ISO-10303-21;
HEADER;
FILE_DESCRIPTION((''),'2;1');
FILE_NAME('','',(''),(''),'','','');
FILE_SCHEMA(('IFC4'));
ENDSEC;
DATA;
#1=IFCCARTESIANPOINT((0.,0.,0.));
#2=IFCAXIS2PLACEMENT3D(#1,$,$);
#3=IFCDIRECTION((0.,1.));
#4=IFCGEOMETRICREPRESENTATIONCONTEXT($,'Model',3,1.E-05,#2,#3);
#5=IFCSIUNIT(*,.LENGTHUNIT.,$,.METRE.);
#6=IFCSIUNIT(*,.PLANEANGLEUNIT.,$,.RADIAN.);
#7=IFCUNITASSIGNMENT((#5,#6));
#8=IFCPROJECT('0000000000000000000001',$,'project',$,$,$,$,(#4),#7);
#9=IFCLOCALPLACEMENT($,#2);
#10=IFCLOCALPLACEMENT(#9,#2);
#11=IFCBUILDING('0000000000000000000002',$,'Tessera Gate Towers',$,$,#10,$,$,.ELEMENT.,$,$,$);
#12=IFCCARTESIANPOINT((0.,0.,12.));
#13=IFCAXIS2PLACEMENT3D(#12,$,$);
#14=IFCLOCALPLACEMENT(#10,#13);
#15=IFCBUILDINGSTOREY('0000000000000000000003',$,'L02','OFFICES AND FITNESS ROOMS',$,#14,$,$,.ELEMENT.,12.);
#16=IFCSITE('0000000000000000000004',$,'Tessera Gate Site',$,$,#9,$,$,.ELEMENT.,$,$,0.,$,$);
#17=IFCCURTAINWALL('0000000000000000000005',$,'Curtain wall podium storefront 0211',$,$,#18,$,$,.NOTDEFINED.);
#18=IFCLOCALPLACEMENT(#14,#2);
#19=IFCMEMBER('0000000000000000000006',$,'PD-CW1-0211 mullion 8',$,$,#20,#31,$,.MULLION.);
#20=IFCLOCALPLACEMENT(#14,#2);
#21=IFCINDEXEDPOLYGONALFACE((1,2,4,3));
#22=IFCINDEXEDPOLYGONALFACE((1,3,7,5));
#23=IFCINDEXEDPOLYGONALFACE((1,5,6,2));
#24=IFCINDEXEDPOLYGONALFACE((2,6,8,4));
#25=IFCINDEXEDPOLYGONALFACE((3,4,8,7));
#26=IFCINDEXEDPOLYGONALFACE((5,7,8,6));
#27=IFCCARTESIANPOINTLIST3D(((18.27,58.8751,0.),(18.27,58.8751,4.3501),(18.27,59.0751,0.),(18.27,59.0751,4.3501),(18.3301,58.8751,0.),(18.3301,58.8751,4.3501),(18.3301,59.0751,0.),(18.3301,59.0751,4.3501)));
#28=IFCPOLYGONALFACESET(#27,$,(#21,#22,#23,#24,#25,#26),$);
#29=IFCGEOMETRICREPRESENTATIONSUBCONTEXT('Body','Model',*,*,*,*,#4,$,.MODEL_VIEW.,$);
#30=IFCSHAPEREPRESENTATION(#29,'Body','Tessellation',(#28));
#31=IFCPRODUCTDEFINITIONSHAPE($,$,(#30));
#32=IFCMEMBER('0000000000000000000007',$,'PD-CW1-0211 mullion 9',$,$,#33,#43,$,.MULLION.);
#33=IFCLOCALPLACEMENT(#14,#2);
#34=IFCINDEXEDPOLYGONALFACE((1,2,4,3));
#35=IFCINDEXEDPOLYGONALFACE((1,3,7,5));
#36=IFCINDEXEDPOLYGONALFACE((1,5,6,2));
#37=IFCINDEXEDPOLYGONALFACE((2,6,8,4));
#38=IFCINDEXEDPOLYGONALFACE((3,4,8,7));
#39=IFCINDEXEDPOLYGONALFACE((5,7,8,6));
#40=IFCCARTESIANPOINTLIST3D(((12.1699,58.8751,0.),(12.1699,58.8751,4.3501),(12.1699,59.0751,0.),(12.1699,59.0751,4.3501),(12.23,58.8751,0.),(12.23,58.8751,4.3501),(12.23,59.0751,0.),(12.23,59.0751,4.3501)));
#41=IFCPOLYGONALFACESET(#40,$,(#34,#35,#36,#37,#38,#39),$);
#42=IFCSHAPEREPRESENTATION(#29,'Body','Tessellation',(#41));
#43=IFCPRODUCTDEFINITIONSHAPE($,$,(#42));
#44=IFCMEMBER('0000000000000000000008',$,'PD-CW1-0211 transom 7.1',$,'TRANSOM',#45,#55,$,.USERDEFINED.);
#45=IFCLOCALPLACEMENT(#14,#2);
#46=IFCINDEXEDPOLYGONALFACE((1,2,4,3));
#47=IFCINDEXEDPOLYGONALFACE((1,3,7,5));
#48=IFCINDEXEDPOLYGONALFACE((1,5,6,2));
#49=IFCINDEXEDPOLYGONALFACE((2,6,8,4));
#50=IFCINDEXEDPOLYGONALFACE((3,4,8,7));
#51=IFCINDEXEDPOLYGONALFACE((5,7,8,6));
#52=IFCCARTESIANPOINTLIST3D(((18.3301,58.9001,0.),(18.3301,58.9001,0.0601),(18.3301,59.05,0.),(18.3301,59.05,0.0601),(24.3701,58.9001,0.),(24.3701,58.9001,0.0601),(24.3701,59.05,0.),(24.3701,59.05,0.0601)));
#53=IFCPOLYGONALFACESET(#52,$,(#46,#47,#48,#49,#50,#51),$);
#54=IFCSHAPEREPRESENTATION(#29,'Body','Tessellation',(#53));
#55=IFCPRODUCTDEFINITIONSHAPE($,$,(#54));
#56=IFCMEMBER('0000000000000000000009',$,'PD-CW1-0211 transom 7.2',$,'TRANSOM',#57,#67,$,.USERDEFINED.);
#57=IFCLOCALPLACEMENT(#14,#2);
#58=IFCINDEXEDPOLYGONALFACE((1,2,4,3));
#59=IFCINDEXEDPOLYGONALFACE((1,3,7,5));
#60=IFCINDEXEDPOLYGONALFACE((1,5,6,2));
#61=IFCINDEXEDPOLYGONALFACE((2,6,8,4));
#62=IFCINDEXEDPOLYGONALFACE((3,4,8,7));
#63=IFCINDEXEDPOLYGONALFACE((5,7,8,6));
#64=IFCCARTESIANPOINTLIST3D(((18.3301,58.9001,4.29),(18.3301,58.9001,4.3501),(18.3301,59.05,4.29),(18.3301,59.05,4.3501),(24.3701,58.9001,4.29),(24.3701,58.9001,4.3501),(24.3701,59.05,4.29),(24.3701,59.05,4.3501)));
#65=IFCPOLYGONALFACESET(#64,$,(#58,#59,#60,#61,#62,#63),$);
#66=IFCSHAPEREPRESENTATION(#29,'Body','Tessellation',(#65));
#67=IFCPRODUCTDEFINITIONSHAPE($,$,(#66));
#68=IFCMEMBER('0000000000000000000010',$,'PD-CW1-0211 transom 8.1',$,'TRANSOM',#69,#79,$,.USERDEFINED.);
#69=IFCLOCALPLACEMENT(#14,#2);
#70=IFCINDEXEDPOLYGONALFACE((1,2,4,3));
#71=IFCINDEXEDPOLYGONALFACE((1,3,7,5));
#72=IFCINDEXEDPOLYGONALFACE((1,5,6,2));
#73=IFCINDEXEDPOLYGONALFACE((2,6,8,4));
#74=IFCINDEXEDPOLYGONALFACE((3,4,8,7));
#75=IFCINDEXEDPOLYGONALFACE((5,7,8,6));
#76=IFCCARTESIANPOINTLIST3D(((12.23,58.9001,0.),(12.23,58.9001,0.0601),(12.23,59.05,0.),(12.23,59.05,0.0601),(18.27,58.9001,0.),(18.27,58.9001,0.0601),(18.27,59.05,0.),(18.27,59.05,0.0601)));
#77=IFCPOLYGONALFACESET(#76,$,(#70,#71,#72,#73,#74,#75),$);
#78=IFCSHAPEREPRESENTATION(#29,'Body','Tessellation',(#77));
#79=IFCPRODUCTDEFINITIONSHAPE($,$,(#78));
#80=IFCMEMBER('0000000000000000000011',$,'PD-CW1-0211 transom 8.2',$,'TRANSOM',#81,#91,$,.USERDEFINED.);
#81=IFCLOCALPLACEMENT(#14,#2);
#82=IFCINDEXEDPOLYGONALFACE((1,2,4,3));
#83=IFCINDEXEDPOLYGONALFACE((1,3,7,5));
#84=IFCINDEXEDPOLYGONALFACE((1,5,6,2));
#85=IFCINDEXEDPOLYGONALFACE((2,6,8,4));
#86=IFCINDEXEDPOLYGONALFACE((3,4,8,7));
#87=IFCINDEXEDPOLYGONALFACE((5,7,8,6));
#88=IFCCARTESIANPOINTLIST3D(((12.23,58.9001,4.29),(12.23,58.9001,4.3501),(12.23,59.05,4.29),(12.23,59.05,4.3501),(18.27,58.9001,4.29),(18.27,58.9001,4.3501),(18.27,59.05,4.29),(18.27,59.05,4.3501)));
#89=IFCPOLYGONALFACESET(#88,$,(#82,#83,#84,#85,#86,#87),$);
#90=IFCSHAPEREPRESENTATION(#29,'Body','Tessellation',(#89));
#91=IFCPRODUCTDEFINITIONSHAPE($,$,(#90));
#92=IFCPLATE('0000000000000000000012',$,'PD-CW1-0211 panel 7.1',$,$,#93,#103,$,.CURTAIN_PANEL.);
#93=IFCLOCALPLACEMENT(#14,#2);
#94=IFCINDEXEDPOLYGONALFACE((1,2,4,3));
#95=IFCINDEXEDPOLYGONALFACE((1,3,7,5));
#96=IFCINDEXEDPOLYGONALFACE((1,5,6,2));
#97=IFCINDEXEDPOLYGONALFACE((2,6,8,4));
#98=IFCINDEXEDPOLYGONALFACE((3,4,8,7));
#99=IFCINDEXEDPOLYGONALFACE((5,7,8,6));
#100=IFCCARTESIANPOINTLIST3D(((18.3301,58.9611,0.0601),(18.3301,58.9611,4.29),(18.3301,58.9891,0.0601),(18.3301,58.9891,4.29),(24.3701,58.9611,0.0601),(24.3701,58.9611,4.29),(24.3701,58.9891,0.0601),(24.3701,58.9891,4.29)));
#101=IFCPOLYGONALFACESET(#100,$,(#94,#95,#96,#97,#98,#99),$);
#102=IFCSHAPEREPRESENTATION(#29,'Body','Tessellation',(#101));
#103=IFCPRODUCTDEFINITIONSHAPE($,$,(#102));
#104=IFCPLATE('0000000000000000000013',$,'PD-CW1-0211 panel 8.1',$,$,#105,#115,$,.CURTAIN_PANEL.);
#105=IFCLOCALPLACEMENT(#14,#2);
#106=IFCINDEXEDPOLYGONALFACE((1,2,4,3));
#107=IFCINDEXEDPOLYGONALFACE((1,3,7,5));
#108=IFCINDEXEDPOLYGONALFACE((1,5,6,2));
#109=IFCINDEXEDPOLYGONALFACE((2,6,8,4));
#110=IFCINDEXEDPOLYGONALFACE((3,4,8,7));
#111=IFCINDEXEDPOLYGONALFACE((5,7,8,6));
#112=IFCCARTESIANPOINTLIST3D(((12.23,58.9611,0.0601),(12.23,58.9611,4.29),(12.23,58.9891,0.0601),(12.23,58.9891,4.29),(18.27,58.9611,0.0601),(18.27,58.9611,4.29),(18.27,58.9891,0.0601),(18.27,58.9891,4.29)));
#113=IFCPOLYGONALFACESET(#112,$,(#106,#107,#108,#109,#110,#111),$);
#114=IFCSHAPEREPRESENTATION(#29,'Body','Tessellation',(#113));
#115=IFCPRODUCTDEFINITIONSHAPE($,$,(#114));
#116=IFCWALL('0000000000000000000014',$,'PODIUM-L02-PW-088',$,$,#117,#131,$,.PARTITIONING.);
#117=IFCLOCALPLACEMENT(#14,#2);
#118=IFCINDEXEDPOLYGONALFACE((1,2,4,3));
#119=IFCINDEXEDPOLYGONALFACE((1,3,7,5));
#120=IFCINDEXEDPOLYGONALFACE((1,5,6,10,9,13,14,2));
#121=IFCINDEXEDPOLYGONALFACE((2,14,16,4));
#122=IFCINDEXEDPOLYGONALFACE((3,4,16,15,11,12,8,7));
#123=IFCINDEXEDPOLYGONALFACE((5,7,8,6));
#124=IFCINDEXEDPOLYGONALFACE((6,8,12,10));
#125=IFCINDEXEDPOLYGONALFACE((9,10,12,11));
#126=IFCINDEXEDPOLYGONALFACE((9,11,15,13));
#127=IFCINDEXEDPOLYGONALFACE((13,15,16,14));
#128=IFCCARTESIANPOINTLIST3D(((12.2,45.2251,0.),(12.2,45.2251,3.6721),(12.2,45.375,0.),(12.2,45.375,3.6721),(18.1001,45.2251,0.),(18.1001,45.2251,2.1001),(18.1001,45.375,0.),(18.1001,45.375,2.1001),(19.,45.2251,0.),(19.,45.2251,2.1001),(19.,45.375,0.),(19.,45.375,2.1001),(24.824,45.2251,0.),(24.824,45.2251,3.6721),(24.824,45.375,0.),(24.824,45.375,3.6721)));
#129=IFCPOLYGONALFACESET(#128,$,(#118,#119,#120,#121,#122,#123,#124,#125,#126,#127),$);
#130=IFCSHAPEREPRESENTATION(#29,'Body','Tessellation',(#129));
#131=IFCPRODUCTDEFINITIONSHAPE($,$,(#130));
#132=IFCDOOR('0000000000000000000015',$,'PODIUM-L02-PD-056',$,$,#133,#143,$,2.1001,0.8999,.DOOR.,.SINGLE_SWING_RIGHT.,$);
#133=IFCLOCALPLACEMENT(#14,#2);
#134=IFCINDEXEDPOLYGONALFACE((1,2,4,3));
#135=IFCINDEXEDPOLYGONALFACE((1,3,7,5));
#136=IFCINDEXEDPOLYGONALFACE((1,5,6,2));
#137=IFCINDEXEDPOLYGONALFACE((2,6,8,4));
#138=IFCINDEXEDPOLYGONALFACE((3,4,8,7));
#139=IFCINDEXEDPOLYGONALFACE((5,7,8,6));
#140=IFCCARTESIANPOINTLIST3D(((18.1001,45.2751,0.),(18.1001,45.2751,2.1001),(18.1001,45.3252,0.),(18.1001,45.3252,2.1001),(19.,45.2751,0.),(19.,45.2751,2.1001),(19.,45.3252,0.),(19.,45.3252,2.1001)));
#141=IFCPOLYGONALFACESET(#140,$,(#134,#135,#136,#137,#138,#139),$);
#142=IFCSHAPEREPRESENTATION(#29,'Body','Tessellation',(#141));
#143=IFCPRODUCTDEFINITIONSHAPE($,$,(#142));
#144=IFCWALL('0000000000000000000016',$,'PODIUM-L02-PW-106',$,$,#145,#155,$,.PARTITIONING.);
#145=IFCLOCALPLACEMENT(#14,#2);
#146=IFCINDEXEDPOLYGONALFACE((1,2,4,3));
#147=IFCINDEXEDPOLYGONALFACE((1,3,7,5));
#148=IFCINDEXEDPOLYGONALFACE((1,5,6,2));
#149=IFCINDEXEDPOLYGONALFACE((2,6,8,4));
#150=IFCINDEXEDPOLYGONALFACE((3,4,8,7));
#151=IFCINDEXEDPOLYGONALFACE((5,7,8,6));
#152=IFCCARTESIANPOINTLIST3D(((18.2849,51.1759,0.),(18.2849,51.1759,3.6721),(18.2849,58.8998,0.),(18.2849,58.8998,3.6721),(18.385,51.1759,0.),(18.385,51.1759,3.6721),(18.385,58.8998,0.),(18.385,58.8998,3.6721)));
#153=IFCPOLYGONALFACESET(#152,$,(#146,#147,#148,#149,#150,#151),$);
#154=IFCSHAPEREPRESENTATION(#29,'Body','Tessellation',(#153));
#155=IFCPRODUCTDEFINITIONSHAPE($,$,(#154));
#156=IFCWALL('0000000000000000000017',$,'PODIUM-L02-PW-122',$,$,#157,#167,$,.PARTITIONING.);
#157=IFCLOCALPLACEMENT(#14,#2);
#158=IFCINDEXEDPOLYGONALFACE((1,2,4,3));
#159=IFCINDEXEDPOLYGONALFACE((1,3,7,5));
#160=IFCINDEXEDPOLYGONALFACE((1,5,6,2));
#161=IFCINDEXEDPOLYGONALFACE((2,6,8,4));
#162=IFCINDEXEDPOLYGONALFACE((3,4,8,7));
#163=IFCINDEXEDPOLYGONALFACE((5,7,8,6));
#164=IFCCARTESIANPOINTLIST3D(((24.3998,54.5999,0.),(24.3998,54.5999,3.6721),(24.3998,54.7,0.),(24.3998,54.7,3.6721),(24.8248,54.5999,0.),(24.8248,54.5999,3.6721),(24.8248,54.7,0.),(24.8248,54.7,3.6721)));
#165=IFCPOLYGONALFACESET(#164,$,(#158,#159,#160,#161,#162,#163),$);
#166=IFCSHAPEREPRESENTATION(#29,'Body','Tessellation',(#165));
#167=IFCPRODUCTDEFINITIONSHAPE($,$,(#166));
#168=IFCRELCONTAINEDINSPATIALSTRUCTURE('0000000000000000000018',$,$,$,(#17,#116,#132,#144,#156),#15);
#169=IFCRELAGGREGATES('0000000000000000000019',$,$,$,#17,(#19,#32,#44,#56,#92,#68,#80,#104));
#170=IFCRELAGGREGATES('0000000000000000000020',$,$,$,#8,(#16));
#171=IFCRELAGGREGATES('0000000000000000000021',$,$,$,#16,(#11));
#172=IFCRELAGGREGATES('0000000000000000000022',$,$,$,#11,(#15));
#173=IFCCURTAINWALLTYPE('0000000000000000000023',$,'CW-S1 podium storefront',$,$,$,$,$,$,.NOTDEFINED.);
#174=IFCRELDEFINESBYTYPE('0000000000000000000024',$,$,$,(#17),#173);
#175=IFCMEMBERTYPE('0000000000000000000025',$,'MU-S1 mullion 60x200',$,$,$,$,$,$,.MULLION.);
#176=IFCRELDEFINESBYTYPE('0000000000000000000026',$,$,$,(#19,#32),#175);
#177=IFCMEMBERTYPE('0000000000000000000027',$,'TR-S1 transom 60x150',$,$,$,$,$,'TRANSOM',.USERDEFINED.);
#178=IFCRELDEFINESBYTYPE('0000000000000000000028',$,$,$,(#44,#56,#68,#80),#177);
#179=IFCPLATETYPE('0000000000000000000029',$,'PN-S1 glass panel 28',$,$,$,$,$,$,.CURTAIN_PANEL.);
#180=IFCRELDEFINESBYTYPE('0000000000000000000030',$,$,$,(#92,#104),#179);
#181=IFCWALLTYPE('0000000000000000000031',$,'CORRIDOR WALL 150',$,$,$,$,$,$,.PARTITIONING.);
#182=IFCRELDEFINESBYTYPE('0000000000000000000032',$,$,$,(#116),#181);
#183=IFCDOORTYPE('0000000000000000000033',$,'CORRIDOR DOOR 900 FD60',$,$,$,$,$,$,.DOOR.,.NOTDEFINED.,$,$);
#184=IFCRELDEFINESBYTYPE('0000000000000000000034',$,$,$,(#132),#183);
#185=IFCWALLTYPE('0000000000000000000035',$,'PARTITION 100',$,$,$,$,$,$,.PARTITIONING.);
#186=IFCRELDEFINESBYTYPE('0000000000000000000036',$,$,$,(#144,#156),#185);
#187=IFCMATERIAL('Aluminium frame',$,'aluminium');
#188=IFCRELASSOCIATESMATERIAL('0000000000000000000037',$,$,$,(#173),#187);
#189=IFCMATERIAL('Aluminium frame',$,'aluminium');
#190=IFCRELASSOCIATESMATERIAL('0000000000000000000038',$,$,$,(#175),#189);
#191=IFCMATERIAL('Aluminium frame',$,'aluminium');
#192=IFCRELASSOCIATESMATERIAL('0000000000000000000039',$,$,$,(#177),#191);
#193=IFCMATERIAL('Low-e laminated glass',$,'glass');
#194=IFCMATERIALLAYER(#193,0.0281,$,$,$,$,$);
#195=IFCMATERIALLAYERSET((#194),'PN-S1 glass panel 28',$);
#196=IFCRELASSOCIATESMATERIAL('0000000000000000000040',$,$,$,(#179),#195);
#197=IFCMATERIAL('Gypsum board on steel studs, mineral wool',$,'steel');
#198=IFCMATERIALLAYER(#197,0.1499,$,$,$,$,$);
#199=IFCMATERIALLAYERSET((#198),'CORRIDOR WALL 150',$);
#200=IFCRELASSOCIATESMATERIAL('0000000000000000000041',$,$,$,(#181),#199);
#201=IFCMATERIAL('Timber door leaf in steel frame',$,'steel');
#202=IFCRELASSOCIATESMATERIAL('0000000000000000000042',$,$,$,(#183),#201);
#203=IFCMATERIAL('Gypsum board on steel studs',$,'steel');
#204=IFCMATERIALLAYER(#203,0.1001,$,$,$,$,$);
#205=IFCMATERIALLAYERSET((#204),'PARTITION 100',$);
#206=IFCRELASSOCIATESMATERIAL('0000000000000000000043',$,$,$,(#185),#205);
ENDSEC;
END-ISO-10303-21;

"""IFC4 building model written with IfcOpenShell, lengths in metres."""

from ifc_helpers import new_model, si_unit, direction, frame, frame_2d, origin, origin_2d, place, context, subcontext, project, spatial, rectangle, extrude, source, transform, mapped, material, layer, layer_set, material_profile, profile_set, type_object, element, fill, aggregate, save


model = new_model("IFC4")

# Units and contexts
model_context = context("Model", 3, precision=1e-05, world=origin(), true_north=direction((0.0, 1.0)))
body_context = subcontext(model_context, "Body", "Model", "MODEL_VIEW")
ifc_project = project(units=[si_unit("LENGTHUNIT", "METRE"), si_unit("PLANEANGLEUNIT", "RADIAN")], contexts=[model_context])

# Site, building, storey
site_placement = place(None, origin())
site = spatial("IfcSite", under=ifc_project, at=site_placement, Name="Tessera Gate Site", CompositionType="ELEMENT", RefElevation=0.0)
building_placement = place(site_placement, origin())
building = spatial("IfcBuilding", under=site, at=building_placement, Name="Tessera Gate Towers", CompositionType="ELEMENT")
storey_placement = place(building_placement, frame((0.0, 0.0, 12.0)))
storey = spatial("IfcBuildingStorey", under=building, at=storey_placement, Name="L02", Description="OFFICES AND FITNESS ROOMS", CompositionType="ELEMENT", Elevation=12.0)

# Curtain wall, members, plates
ifc_material_1 = material(Name="Aluminium frame", Category="aluminium")
curtain_wall_type = type_object("IfcCurtainWallType", Name="CW-S1 podium storefront", PredefinedType="NOTDEFINED", material=ifc_material_1)
curtain_wall_placement = place(storey_placement, origin())
curtain_wall = element("IfcCurtainWall", 1, at=curtain_wall_placement, inside=storey, type_object=curtain_wall_type, Name="Curtain wall podium storefront 0211", PredefinedType="NOTDEFINED")
ifc_material_2 = material(Name="Aluminium frame", Category="aluminium")
ifc_material_profile_1 = material_profile(ifc_material_2, rectangle(XDim=0.0601, YDim=0.2, at=origin_2d()), Name="AL 60x200")
ifc_profile_set_1 = profile_set([ifc_material_profile_1], Name="Aluminium frame")
member_type_1 = type_object("IfcMemberType", Name="MU-S1 mullion 60x200", PredefinedType="MULLION", material=ifc_profile_set_1)
member_1_placement = place(storey_placement, frame((18.3, 58.9751, 0.0), z_axis=(0.0, 0.0, 1.0), x_axis=(-1.0, 0.0, 0.0)))
member_1 = element("IfcMember", 2, at=member_1_placement, type_object=member_type_1, Name="PD-CW1-0211 mullion 8", PredefinedType="MULLION", context=body_context, shape_type="SweptSolid", body=[
    extrude(rectangle(XDim=0.0601, YDim=0.2, at=origin_2d()), origin(), (0.0, 0.0, 1.0), 4.3501),
])
member_2_placement = place(storey_placement, frame((12.2, 58.9751, 0.0), z_axis=(0.0, 0.0, 1.0), x_axis=(-1.0, 0.0, 0.0)))
member_2 = element("IfcMember", 3, at=member_2_placement, type_object=member_type_1, Name="PD-CW1-0211 mullion 9", PredefinedType="MULLION", context=body_context, shape_type="SweptSolid", body=[
    extrude(rectangle(XDim=0.0601, YDim=0.2, at=origin_2d()), origin(), (0.0, 0.0, 1.0), 4.3501),
])
ifc_material_3 = material(Name="Aluminium frame", Category="aluminium")
ifc_material_profile_2 = material_profile(ifc_material_3, rectangle(XDim=0.1499, YDim=0.0601, at=origin_2d()), Name="AL 60x150")
ifc_profile_set_2 = profile_set([ifc_material_profile_2], Name="Aluminium frame")
member_type_2 = type_object("IfcMemberType", Name="TR-S1 transom 60x150", ElementType="TRANSOM", PredefinedType="USERDEFINED", material=ifc_profile_set_2)
member_3_placement = place(storey_placement, frame((24.3701, 58.9751, 0.03), z_axis=(-1.0, 0.0, 0.0), x_axis=(0.0, -1.0, 0.0)))
member_3 = element("IfcMember", 4, at=member_3_placement, type_object=member_type_2, Name="PD-CW1-0211 transom 7.1", ObjectType="TRANSOM", PredefinedType="USERDEFINED", context=body_context, shape_type="SweptSolid", body=[
    extrude(rectangle(XDim=0.1499, YDim=0.0601, at=origin_2d()), origin(), (0.0, 0.0, 1.0), 6.04),
])
member_4_placement = place(storey_placement, frame((24.3701, 58.9751, 4.3201), z_axis=(-1.0, 0.0, 0.0), x_axis=(0.0, -1.0, 0.0)))
member_4 = element("IfcMember", 5, at=member_4_placement, type_object=member_type_2, Name="PD-CW1-0211 transom 7.2", ObjectType="TRANSOM", PredefinedType="USERDEFINED", context=body_context, shape_type="SweptSolid", body=[
    extrude(rectangle(XDim=0.1499, YDim=0.0601, at=origin_2d()), origin(), (0.0, 0.0, 1.0), 6.04),
])
member_5_placement = place(storey_placement, frame((18.27, 58.9751, 0.03), z_axis=(-1.0, 0.0, 0.0), x_axis=(0.0, -1.0, 0.0)))
member_5 = element("IfcMember", 6, at=member_5_placement, type_object=member_type_2, Name="PD-CW1-0211 transom 8.1", ObjectType="TRANSOM", PredefinedType="USERDEFINED", context=body_context, shape_type="SweptSolid", body=[
    extrude(rectangle(XDim=0.1499, YDim=0.0601, at=origin_2d()), origin(), (0.0, 0.0, 1.0), 6.04),
])
member_6_placement = place(storey_placement, frame((18.27, 58.9751, 4.3201), z_axis=(-1.0, 0.0, 0.0), x_axis=(0.0, -1.0, 0.0)))
member_6 = element("IfcMember", 7, at=member_6_placement, type_object=member_type_2, Name="PD-CW1-0211 transom 8.2", ObjectType="TRANSOM", PredefinedType="USERDEFINED", context=body_context, shape_type="SweptSolid", body=[
    extrude(rectangle(XDim=0.1499, YDim=0.0601, at=origin_2d()), origin(), (0.0, 0.0, 1.0), 6.04),
])
ifc_material_4 = material(Name="Low-e laminated glass", Category="glass")
ifc_layer_1 = layer(ifc_material_4, 0.0281)
ifc_layer_set_1 = layer_set([ifc_layer_1], Name="PN-S1 glass panel 28")
plate_type = type_object("IfcPlateType", Name="PN-S1 glass panel 28", PredefinedType="CURTAIN_PANEL", material=ifc_layer_set_1)
plate_1_placement = place(storey_placement, frame((21.3501, 58.9751, 0.0601), z_axis=(0.0, 0.0, 1.0), x_axis=(-1.0, 0.0, 0.0)))
plate_1 = element("IfcPlate", 8, at=plate_1_placement, type_object=plate_type, Name="PD-CW1-0211 panel 7.1", PredefinedType="CURTAIN_PANEL", context=body_context, shape_type="SweptSolid", body=[
    extrude(rectangle(XDim=6.04, YDim=0.0281, at=origin_2d()), origin(), (0.0, 0.0, 1.0), 4.23),
])
plate_2_placement = place(storey_placement, frame((15.25, 58.9751, 0.0601), z_axis=(0.0, 0.0, 1.0), x_axis=(-1.0, 0.0, 0.0)))
plate_2 = element("IfcPlate", 9, at=plate_2_placement, type_object=plate_type, Name="PD-CW1-0211 panel 8.1", PredefinedType="CURTAIN_PANEL", context=body_context, shape_type="SweptSolid", body=[
    extrude(rectangle(XDim=6.04, YDim=0.0281, at=origin_2d()), origin(), (0.0, 0.0, 1.0), 4.23),
])
aggregate(curtain_wall, [member_1, member_2, member_3, member_4, plate_1, member_5, member_6, plate_2])

# Wall, opening, door
ifc_material_5 = material(Name="Gypsum board on steel studs, mineral wool", Category="steel")
ifc_layer_2 = layer(ifc_material_5, 0.1499)
ifc_layer_set_2 = layer_set([ifc_layer_2], Name="CORRIDOR WALL 150")
wall_type_1 = type_object("IfcWallType", Name="CORRIDOR WALL 150", PredefinedType="PARTITIONING", material=ifc_layer_set_2)
wall_1_placement = place(storey_placement, frame((24.824, 45.3, 0.0), z_axis=(0.0, 0.0, 1.0), x_axis=(-1.0, 0.0, 0.0)))
wall_1 = element("IfcWall", 10, at=wall_1_placement, inside=storey, type_object=wall_type_1, Name="PODIUM-L02-PW-088", PredefinedType="PARTITIONING", context=body_context, shape_type="SweptSolid", body=[
    extrude(rectangle(XDim=12.624, YDim=0.1499, at=frame_2d((6.312, 0.0))), origin(), (0.0, 0.0, 1.0), 3.6721),
])
shared_shape_1 = source(origin(), body_context, "Body", "SweptSolid", [
    extrude(rectangle(XDim=0.8999, YDim=2.1001, at=frame_2d((0.45, 1.05))), frame((0.0, 0.085, 0.0), z_axis=(0.0, -1.0, 0.0), x_axis=(1.0, 0.0, 0.0)), (0.0, 0.0, 1.0), 0.1699),
])
opening_1_placement = place(wall_1_placement, frame((5.824, 0.0, 0.0)))
opening_1 = element("IfcOpeningElement", 11, at=opening_1_placement, cuts=wall_1, PredefinedType="OPENING", context=body_context, shape_type="MappedRepresentation", body=[
    mapped(shared_shape_1, transform((0.0, 0.0, 0.0), scale=1.0)),
])
ifc_material_6 = material(Name="Timber door leaf in steel frame", Category="steel")
door_type_1 = type_object("IfcDoorType", Name="CORRIDOR DOOR 900 FD60", OperationType="NOTDEFINED", PredefinedType="DOOR", material=ifc_material_6)
shared_shape_2 = source(origin(), body_context, "Body", "SweptSolid", [
    extrude(rectangle(XDim=0.8999, YDim=2.1001, at=frame_2d((0.45, 1.05))), frame((0.0, 0.0249, 0.0), z_axis=(0.0, -1.0, 0.0), x_axis=(1.0, 0.0, 0.0)), (0.0, 0.0, 1.0), 0.05),
])
door_1_placement = place(opening_1_placement, origin())
door_1 = element("IfcDoor", 12, at=door_1_placement, inside=storey, type_object=door_type_1, Name="PODIUM-L02-PD-056", OperationType="SINGLE_SWING_RIGHT", OverallHeight=2.1001, OverallWidth=0.8999, PredefinedType="DOOR", context=body_context, shape_type="MappedRepresentation", body=[
    mapped(shared_shape_2, transform((0.0, 0.0, 0.0), scale=1.0)),
])
fill(opening_1, door_1)

# Walls
ifc_material_7 = material(Name="Gypsum board on steel studs", Category="steel")
ifc_layer_3 = layer(ifc_material_7, 0.1001)
ifc_layer_set_3 = layer_set([ifc_layer_3], Name="PARTITION 100")
wall_type_2 = type_object("IfcWallType", Name="PARTITION 100", PredefinedType="PARTITIONING", material=ifc_layer_set_3)
wall_2_placement = place(storey_placement, frame((18.335, 51.176, 0.0), z_axis=(0.0, 0.0, 1.0), x_axis=(0.0, 1.0, 0.0)))
element("IfcWall", 13, at=wall_2_placement, inside=storey, type_object=wall_type_2, Name="PODIUM-L02-PW-106", PredefinedType="PARTITIONING", context=body_context, shape_type="SweptSolid", body=[
    extrude(rectangle(XDim=7.7239, YDim=0.1001, at=frame_2d((3.8618, 0.0))), origin(), (0.0, 0.0, 1.0), 3.6721),
])
wall_3_placement = place(storey_placement, frame((24.3999, 54.6499, 0.0), z_axis=(0.0, 0.0, 1.0), x_axis=(1.0, 0.0, 0.0)))
element("IfcWall", 14, at=wall_3_placement, inside=storey, type_object=wall_type_2, Name="PODIUM-L02-PW-122", PredefinedType="PARTITIONING", context=body_context, shape_type="SweptSolid", body=[
    extrude(rectangle(XDim=0.425, YDim=0.1001, at=frame_2d((0.2124, 0.0))), origin(), (0.0, 0.0, 1.0), 3.6721),
])

save(model, "model.ifc")
